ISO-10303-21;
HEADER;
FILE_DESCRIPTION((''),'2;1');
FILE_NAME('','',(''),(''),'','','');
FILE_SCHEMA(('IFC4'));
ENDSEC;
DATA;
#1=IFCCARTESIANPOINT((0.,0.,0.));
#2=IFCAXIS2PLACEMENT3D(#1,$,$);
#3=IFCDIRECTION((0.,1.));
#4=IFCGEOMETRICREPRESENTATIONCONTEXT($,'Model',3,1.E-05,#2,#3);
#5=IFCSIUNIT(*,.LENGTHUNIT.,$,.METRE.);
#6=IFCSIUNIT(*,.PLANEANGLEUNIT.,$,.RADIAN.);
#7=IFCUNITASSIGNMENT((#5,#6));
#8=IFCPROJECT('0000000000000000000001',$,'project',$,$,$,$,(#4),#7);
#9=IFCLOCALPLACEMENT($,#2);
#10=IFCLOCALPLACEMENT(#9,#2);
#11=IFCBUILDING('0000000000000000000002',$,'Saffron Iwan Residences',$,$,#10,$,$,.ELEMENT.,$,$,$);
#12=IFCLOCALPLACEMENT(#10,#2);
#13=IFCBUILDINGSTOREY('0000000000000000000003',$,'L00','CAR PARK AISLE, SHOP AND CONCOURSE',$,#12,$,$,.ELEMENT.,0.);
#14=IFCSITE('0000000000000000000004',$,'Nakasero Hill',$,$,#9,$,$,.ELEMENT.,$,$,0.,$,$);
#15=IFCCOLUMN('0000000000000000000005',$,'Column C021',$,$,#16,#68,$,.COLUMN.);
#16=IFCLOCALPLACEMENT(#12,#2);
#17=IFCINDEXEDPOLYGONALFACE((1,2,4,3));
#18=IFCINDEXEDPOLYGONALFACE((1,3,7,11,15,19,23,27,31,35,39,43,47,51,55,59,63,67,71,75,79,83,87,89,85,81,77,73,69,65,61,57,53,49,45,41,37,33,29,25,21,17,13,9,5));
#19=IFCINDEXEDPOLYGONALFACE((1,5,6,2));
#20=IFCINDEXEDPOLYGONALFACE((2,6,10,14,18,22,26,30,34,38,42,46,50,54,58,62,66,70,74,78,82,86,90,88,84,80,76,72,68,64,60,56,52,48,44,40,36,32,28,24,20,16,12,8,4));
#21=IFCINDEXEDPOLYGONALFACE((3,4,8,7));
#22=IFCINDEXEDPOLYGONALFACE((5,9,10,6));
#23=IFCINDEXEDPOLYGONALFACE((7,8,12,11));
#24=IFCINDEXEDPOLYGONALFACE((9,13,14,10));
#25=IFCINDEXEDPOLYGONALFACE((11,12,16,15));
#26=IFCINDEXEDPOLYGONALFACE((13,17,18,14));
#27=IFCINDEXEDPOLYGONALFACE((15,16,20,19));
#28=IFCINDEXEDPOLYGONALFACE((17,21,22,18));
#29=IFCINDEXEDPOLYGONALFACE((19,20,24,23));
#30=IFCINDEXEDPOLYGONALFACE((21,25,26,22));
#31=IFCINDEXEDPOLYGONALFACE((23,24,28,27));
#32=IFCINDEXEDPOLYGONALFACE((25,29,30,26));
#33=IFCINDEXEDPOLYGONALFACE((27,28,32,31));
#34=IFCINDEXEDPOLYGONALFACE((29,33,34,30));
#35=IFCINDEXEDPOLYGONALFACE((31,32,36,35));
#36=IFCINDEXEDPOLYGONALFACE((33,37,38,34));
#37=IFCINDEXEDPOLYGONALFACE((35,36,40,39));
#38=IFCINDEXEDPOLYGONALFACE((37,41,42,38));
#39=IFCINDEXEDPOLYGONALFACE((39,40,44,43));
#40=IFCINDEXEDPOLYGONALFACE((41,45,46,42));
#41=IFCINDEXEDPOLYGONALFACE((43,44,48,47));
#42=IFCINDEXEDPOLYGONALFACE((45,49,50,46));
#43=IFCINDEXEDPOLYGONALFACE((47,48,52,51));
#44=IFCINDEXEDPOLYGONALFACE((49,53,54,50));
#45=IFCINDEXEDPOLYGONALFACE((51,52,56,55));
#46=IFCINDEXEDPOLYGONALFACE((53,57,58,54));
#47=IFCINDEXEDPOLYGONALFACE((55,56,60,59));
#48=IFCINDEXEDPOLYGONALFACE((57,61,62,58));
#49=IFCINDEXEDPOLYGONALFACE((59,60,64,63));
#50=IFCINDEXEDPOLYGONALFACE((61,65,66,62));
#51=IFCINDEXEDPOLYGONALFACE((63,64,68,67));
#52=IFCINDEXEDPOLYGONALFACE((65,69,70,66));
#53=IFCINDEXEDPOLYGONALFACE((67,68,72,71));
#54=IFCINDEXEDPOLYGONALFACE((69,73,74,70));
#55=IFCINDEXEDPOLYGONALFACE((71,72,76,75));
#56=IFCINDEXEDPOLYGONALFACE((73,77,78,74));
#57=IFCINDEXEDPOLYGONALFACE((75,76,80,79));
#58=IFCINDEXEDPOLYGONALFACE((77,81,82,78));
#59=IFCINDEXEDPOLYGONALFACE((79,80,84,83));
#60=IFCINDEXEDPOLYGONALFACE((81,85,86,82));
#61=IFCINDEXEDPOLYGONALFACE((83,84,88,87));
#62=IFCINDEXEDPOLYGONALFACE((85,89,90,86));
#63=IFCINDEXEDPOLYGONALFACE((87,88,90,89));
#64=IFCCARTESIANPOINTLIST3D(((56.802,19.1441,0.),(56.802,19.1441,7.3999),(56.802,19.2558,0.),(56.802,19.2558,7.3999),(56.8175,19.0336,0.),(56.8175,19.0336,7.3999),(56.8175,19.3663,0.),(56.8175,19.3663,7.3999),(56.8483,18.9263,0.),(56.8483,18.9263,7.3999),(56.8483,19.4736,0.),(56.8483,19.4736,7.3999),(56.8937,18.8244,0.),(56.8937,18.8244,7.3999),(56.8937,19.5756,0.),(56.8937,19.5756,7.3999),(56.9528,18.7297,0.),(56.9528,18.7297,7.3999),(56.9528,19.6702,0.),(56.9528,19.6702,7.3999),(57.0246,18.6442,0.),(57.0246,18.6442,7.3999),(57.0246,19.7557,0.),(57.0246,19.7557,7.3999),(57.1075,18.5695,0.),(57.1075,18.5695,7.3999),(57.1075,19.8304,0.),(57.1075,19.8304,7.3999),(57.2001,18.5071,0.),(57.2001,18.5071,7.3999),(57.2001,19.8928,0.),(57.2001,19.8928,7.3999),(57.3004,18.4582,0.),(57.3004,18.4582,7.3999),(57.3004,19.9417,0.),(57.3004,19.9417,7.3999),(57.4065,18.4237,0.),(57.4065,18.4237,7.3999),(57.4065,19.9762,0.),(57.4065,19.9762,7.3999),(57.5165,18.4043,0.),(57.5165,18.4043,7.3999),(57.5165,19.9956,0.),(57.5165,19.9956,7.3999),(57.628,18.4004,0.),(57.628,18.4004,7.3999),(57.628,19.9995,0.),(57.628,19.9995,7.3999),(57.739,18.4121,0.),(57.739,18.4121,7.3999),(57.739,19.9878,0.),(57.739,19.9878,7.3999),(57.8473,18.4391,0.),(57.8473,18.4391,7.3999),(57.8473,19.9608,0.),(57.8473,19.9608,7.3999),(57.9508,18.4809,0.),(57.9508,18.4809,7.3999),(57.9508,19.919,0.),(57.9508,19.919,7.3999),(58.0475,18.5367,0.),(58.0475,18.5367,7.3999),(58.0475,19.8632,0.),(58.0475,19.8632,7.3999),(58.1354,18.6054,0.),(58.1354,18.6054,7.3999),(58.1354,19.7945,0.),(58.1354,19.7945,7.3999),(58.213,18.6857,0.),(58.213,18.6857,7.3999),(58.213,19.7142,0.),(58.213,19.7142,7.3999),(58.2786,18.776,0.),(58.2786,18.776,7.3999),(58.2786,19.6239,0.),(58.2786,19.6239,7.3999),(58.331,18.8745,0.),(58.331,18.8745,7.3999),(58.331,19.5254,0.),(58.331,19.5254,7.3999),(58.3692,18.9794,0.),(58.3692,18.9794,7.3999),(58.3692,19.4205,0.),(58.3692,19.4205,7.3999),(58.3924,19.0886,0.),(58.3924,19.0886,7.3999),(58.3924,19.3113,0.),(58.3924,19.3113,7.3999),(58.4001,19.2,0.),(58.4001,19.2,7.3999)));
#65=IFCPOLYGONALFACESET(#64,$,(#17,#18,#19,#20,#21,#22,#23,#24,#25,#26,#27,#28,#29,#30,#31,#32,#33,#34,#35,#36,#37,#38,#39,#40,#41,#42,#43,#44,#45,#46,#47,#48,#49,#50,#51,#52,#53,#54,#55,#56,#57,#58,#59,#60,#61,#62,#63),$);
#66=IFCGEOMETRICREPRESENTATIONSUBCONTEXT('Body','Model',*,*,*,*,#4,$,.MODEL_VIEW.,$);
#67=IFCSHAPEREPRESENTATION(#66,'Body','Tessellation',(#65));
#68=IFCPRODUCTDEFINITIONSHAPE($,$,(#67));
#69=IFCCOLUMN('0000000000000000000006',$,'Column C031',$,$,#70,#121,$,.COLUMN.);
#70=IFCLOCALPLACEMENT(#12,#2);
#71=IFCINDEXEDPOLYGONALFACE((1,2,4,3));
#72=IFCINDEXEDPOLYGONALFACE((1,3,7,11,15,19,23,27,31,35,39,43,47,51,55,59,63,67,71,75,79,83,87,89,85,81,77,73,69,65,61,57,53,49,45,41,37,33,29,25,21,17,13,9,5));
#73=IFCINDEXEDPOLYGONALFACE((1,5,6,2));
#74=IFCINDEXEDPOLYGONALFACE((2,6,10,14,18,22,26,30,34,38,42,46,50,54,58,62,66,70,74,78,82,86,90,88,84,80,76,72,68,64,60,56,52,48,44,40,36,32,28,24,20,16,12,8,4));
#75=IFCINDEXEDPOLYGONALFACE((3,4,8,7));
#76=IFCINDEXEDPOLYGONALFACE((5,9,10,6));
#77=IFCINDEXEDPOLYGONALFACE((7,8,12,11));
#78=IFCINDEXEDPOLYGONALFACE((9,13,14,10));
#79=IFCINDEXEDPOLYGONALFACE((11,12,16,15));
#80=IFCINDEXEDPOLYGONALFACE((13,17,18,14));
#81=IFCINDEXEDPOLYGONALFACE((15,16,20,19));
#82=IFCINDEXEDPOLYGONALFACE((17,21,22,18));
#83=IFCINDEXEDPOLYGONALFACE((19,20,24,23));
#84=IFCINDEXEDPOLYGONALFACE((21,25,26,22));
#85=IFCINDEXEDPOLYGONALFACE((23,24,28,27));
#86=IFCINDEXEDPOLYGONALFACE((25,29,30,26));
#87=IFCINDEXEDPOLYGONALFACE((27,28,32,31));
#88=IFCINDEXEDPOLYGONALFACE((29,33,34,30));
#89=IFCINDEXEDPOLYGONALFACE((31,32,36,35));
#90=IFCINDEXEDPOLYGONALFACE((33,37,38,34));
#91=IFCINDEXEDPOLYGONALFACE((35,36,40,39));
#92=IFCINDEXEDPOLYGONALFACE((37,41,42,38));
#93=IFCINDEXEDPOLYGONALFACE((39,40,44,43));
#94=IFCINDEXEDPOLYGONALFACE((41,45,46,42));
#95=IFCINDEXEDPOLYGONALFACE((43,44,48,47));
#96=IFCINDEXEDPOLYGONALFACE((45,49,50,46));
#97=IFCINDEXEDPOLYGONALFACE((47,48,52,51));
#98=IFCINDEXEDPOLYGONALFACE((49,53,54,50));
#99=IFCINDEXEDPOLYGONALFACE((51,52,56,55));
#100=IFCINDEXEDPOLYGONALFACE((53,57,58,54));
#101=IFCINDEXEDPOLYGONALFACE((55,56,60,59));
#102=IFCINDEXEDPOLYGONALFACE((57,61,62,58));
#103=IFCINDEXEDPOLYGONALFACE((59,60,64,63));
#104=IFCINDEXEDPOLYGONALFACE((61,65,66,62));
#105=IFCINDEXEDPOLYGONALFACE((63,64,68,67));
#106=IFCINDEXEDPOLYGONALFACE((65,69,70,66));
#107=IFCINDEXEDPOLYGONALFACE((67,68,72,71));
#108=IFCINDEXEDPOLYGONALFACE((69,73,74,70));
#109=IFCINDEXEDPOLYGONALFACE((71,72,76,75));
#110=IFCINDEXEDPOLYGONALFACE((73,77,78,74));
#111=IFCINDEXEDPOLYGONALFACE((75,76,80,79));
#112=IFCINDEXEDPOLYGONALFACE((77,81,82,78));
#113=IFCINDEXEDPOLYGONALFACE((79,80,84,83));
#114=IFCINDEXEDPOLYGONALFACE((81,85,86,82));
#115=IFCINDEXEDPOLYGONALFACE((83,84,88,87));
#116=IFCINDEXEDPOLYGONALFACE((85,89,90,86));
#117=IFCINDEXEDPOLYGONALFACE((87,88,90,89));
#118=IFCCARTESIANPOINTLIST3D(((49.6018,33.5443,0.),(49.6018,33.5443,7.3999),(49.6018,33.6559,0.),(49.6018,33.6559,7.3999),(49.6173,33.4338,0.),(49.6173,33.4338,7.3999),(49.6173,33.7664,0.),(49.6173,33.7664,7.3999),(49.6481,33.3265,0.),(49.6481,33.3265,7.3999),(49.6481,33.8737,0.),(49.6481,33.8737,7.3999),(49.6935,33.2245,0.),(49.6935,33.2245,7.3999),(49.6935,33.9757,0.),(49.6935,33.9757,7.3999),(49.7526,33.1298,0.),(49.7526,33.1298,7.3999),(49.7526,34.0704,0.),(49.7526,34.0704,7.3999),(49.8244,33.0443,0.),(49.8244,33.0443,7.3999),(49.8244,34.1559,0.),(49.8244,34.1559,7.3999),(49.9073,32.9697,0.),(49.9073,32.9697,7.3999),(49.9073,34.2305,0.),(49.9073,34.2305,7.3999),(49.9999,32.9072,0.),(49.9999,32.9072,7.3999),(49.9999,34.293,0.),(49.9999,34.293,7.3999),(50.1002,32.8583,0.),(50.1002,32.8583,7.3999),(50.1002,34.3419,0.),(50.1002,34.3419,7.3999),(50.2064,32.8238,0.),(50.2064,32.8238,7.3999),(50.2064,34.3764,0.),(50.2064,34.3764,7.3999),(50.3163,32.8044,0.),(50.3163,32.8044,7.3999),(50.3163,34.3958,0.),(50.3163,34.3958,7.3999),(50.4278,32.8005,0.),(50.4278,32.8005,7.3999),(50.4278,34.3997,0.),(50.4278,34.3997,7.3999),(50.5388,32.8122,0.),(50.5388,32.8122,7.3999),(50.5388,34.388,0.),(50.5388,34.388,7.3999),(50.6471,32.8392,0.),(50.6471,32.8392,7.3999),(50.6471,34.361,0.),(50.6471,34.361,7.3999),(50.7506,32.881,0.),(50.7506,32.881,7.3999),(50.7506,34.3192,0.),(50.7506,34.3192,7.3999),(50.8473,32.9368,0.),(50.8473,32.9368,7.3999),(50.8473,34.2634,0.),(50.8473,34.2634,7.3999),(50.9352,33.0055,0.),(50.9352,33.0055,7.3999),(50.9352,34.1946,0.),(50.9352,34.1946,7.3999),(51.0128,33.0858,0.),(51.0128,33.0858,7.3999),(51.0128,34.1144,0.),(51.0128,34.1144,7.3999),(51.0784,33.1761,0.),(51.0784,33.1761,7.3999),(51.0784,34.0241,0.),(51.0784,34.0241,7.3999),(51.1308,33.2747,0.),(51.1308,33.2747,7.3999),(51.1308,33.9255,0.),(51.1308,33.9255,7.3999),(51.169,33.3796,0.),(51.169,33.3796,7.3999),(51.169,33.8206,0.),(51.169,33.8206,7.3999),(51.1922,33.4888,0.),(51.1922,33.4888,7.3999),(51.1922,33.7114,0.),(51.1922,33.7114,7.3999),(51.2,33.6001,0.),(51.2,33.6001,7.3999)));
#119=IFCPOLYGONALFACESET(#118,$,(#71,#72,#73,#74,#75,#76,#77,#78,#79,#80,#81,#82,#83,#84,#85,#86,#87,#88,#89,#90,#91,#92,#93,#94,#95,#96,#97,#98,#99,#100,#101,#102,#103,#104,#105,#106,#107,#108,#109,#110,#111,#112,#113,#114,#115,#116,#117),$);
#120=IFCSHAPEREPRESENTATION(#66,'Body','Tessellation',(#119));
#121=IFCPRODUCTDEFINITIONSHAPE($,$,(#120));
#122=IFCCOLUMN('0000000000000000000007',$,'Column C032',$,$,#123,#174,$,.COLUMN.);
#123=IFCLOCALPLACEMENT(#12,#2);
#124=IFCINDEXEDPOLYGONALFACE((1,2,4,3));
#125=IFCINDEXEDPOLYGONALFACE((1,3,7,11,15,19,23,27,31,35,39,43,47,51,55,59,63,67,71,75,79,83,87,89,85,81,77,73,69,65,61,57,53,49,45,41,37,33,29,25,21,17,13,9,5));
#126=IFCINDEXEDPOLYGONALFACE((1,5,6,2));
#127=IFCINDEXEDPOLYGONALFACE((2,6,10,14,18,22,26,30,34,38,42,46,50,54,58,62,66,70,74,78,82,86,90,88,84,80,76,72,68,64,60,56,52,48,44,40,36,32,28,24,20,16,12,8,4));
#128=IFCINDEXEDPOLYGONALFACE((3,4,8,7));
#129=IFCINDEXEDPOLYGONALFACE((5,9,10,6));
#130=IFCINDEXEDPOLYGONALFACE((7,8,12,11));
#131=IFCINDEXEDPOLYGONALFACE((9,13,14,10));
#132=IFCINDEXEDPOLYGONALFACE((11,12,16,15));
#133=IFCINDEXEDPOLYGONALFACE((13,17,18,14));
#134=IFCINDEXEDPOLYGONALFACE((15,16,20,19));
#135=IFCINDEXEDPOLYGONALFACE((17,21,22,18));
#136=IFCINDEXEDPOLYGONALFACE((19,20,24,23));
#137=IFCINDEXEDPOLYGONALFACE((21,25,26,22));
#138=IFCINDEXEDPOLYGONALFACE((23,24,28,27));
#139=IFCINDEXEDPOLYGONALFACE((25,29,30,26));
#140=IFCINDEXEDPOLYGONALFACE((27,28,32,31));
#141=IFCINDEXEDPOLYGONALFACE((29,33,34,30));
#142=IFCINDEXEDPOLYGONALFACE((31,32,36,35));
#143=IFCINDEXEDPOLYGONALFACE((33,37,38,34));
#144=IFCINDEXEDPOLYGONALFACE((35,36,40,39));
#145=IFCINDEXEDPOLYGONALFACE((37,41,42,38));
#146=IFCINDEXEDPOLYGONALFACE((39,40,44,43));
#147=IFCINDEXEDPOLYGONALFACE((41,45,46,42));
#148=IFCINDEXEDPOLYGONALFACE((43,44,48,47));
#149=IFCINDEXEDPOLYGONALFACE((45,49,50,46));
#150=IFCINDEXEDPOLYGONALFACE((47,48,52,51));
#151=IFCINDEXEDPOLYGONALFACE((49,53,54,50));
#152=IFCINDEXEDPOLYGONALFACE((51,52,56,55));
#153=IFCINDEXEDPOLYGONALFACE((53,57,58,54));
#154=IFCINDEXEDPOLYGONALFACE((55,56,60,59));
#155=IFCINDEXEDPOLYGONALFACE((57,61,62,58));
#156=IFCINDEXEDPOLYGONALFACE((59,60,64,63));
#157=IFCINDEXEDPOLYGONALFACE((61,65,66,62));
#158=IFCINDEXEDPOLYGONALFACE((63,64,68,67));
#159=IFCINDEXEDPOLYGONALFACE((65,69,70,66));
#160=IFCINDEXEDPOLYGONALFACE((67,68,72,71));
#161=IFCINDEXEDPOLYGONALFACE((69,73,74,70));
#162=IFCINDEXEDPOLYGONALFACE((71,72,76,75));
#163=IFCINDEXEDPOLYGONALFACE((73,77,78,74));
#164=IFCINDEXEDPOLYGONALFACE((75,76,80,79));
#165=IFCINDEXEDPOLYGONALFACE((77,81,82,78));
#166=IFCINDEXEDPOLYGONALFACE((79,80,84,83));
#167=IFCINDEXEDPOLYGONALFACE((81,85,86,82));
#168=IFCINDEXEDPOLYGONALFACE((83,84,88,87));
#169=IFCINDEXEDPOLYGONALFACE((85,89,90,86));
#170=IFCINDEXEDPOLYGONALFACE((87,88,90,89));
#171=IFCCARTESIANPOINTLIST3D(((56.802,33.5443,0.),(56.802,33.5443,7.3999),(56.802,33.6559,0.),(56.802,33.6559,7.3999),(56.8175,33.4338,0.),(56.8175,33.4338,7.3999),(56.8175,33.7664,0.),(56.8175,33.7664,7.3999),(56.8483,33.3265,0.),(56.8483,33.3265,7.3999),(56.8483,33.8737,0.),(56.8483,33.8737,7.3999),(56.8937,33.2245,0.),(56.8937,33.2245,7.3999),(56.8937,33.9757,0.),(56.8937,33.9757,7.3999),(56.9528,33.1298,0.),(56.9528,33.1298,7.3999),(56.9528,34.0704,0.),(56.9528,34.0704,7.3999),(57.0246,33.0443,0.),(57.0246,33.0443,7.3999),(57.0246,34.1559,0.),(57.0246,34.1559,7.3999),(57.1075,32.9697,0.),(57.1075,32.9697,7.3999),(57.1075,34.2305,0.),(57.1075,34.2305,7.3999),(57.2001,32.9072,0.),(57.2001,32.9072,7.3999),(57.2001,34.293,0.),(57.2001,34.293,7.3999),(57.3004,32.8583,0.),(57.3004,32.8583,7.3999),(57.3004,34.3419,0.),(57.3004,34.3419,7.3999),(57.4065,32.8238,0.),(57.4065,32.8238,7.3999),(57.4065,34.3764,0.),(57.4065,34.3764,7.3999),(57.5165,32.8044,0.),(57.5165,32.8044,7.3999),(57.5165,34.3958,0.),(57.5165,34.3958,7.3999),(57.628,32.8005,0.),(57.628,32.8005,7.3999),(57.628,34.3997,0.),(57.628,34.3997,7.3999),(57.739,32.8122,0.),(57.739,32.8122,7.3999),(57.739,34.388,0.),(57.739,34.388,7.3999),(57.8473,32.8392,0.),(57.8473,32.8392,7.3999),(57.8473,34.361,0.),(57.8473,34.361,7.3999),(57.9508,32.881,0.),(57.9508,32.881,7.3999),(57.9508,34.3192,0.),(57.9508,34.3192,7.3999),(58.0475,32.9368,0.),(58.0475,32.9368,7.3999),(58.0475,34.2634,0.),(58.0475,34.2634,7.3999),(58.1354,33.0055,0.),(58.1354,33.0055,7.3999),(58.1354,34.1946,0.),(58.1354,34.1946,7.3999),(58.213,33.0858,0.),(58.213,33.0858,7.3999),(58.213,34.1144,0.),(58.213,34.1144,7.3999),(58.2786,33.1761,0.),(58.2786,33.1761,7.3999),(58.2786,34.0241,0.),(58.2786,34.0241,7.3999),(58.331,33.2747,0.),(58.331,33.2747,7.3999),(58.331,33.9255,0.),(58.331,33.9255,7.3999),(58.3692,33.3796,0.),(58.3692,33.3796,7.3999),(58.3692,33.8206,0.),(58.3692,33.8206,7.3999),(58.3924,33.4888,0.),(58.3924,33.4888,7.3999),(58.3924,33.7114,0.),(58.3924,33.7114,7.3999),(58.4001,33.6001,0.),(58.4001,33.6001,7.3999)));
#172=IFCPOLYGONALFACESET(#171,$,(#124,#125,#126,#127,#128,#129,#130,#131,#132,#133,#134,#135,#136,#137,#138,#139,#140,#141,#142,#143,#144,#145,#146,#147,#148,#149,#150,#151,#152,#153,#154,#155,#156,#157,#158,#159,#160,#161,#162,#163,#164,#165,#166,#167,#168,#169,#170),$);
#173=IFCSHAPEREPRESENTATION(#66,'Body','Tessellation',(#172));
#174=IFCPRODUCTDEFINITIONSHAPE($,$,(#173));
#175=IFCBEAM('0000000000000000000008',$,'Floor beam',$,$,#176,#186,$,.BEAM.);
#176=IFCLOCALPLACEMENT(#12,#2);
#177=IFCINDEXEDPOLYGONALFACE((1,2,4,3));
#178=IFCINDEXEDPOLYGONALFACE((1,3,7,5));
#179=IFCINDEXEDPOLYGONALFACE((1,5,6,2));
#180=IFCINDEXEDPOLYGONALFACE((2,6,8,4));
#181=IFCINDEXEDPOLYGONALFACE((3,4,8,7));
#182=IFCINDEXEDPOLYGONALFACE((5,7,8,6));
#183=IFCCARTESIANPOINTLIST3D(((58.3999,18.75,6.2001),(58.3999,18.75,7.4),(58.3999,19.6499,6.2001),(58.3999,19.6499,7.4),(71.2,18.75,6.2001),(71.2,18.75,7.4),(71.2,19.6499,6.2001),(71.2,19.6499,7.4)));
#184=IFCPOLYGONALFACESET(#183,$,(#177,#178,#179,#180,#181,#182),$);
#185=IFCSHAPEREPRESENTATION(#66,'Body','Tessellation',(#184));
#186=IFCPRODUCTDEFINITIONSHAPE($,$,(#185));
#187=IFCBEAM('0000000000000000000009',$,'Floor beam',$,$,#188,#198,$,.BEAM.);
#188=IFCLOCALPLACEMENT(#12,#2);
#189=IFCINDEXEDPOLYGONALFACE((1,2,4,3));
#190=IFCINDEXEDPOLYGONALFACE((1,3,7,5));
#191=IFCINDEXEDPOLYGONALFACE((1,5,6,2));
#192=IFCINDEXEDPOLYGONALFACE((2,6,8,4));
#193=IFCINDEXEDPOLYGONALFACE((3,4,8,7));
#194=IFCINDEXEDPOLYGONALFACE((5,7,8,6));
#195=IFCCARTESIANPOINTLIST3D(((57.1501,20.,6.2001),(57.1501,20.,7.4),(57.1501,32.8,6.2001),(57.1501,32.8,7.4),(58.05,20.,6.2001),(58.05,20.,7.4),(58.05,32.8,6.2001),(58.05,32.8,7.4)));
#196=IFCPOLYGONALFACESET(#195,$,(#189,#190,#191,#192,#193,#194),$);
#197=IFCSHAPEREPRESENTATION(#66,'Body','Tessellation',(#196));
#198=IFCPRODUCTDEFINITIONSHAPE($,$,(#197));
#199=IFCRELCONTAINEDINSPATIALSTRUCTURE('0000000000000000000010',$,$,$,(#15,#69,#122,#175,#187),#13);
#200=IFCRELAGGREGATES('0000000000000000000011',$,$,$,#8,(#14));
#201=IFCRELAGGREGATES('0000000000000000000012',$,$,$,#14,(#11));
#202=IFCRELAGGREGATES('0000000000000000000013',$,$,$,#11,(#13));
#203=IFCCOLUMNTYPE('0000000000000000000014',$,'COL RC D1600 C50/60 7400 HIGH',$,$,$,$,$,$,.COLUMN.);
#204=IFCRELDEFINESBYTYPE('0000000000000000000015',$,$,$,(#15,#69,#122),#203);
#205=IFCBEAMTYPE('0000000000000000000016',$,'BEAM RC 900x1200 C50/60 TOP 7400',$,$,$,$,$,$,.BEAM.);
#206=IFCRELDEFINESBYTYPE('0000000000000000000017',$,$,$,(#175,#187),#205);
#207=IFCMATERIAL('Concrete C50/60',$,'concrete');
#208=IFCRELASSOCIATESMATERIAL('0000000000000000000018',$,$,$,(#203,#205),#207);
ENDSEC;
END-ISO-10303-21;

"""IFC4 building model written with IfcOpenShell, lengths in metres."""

from ifc_helpers import new_model, si_unit, direction, frame, origin, origin_2d, place, context, subcontext, project, spatial, rectangle, circle, extrude, source, transform, mapped, material, material_profile, profile_set, type_object, element, save


model = new_model("IFC4")

# Units and contexts
model_context = context("Model", 3, precision=1e-05, world=origin(), true_north=direction((0.0, 1.0)))
body_context = subcontext(model_context, "Body", "Model", "MODEL_VIEW")
ifc_project = project(units=[si_unit("LENGTHUNIT", "METRE"), si_unit("PLANEANGLEUNIT", "RADIAN")], contexts=[model_context])

# Site, building, storey
site_placement = place(None, origin())
site = spatial("IfcSite", under=ifc_project, at=site_placement, Name="Nakasero Hill", CompositionType="ELEMENT", RefElevation=0.0)
building_placement = place(site_placement, origin())
building = spatial("IfcBuilding", under=site, at=building_placement, Name="Saffron Iwan Residences", CompositionType="ELEMENT")
storey_placement = place(building_placement, origin())
storey = spatial("IfcBuildingStorey", under=building, at=storey_placement, Name="L00", Description="CAR PARK AISLE, SHOP AND CONCOURSE", CompositionType="ELEMENT", Elevation=0.0)

# Columns
ifc_material_1 = material(Name="Concrete C50/60", Category="concrete")
ifc_material_profile_1 = material_profile(ifc_material_1, circle(Radius=0.8, at=origin_2d()), Name="RC D1600")
ifc_profile_set_1 = profile_set([ifc_material_profile_1], Name="Concrete C50/60")
column_type = type_object("IfcColumnType", Name="COL RC D1600 C50/60 7400 HIGH", PredefinedType="COLUMN", material=ifc_profile_set_1)
shared_shape_1 = source(origin(), body_context, "Body", "SweptSolid", [
    extrude(circle(Radius=0.8, at=origin_2d()), origin(), (0.0, 0.0, 1.0), 7.3999),
])
for number, where, z_axis, x_axis, name in (
    (1, (57.6001, 19.2, 0.0), (0.0, 0.0, 1.0), (1.0, 0.0, 0.0), "Column C021"),
    (2, (50.3999, 33.6001, 0.0), (0.0, 0.0, 1.0), (1.0, 0.0, 0.0), "Column C031"),
    (3, (57.6001, 33.6001, 0.0), (0.0, 0.0, 1.0), (1.0, 0.0, 0.0), "Column C032"),
):
    element("IfcColumn", number, at=place(storey_placement, frame(where, z_axis=z_axis, x_axis=x_axis)), inside=storey, type_object=column_type, Name=name, PredefinedType="COLUMN", context=body_context, shape_type="MappedRepresentation", body=[
        mapped(shared_shape_1, transform((0.0, 0.0, 0.0))),
    ])

# Beams
ifc_material_profile_2 = material_profile(ifc_material_1, rectangle(XDim=0.8999, YDim=1.2, at=origin_2d()), Name="RC 900x1200")
ifc_profile_set_2 = profile_set([ifc_material_profile_2], Name="Concrete C50/60")
beam_type_1 = type_object("IfcBeamType", Name="BEAM RC 900x1200 C50/60 TOP 7400", PredefinedType="BEAM", material=ifc_profile_set_2)
shared_shape_2 = source(origin(), body_context, "Body", "SweptSolid", [
    extrude(rectangle(XDim=0.8999, YDim=1.2, at=origin_2d()), origin(), (0.0, 0.0, 1.0), 12.8),
])
for number, where, z_axis, x_axis, name in (
    (4, (58.3999, 19.2, 6.8), (1.0, 0.0, 0.0), (0.0, 1.0, 0.0), "Floor beam"),
    (5, (57.6001, 20.0, 6.8), (0.0, 1.0, 0.0), (-1.0, 0.0, 0.0), "Floor beam"),
):
    element("IfcBeam", number, at=place(storey_placement, frame(where, z_axis=z_axis, x_axis=x_axis)), inside=storey, type_object=beam_type_1, Name=name, PredefinedType="BEAM", context=body_context, shape_type="MappedRepresentation", body=[
        mapped(shared_shape_2, transform((0.0, 0.0, 0.0))),
    ])

save(model, "model.ifc")
